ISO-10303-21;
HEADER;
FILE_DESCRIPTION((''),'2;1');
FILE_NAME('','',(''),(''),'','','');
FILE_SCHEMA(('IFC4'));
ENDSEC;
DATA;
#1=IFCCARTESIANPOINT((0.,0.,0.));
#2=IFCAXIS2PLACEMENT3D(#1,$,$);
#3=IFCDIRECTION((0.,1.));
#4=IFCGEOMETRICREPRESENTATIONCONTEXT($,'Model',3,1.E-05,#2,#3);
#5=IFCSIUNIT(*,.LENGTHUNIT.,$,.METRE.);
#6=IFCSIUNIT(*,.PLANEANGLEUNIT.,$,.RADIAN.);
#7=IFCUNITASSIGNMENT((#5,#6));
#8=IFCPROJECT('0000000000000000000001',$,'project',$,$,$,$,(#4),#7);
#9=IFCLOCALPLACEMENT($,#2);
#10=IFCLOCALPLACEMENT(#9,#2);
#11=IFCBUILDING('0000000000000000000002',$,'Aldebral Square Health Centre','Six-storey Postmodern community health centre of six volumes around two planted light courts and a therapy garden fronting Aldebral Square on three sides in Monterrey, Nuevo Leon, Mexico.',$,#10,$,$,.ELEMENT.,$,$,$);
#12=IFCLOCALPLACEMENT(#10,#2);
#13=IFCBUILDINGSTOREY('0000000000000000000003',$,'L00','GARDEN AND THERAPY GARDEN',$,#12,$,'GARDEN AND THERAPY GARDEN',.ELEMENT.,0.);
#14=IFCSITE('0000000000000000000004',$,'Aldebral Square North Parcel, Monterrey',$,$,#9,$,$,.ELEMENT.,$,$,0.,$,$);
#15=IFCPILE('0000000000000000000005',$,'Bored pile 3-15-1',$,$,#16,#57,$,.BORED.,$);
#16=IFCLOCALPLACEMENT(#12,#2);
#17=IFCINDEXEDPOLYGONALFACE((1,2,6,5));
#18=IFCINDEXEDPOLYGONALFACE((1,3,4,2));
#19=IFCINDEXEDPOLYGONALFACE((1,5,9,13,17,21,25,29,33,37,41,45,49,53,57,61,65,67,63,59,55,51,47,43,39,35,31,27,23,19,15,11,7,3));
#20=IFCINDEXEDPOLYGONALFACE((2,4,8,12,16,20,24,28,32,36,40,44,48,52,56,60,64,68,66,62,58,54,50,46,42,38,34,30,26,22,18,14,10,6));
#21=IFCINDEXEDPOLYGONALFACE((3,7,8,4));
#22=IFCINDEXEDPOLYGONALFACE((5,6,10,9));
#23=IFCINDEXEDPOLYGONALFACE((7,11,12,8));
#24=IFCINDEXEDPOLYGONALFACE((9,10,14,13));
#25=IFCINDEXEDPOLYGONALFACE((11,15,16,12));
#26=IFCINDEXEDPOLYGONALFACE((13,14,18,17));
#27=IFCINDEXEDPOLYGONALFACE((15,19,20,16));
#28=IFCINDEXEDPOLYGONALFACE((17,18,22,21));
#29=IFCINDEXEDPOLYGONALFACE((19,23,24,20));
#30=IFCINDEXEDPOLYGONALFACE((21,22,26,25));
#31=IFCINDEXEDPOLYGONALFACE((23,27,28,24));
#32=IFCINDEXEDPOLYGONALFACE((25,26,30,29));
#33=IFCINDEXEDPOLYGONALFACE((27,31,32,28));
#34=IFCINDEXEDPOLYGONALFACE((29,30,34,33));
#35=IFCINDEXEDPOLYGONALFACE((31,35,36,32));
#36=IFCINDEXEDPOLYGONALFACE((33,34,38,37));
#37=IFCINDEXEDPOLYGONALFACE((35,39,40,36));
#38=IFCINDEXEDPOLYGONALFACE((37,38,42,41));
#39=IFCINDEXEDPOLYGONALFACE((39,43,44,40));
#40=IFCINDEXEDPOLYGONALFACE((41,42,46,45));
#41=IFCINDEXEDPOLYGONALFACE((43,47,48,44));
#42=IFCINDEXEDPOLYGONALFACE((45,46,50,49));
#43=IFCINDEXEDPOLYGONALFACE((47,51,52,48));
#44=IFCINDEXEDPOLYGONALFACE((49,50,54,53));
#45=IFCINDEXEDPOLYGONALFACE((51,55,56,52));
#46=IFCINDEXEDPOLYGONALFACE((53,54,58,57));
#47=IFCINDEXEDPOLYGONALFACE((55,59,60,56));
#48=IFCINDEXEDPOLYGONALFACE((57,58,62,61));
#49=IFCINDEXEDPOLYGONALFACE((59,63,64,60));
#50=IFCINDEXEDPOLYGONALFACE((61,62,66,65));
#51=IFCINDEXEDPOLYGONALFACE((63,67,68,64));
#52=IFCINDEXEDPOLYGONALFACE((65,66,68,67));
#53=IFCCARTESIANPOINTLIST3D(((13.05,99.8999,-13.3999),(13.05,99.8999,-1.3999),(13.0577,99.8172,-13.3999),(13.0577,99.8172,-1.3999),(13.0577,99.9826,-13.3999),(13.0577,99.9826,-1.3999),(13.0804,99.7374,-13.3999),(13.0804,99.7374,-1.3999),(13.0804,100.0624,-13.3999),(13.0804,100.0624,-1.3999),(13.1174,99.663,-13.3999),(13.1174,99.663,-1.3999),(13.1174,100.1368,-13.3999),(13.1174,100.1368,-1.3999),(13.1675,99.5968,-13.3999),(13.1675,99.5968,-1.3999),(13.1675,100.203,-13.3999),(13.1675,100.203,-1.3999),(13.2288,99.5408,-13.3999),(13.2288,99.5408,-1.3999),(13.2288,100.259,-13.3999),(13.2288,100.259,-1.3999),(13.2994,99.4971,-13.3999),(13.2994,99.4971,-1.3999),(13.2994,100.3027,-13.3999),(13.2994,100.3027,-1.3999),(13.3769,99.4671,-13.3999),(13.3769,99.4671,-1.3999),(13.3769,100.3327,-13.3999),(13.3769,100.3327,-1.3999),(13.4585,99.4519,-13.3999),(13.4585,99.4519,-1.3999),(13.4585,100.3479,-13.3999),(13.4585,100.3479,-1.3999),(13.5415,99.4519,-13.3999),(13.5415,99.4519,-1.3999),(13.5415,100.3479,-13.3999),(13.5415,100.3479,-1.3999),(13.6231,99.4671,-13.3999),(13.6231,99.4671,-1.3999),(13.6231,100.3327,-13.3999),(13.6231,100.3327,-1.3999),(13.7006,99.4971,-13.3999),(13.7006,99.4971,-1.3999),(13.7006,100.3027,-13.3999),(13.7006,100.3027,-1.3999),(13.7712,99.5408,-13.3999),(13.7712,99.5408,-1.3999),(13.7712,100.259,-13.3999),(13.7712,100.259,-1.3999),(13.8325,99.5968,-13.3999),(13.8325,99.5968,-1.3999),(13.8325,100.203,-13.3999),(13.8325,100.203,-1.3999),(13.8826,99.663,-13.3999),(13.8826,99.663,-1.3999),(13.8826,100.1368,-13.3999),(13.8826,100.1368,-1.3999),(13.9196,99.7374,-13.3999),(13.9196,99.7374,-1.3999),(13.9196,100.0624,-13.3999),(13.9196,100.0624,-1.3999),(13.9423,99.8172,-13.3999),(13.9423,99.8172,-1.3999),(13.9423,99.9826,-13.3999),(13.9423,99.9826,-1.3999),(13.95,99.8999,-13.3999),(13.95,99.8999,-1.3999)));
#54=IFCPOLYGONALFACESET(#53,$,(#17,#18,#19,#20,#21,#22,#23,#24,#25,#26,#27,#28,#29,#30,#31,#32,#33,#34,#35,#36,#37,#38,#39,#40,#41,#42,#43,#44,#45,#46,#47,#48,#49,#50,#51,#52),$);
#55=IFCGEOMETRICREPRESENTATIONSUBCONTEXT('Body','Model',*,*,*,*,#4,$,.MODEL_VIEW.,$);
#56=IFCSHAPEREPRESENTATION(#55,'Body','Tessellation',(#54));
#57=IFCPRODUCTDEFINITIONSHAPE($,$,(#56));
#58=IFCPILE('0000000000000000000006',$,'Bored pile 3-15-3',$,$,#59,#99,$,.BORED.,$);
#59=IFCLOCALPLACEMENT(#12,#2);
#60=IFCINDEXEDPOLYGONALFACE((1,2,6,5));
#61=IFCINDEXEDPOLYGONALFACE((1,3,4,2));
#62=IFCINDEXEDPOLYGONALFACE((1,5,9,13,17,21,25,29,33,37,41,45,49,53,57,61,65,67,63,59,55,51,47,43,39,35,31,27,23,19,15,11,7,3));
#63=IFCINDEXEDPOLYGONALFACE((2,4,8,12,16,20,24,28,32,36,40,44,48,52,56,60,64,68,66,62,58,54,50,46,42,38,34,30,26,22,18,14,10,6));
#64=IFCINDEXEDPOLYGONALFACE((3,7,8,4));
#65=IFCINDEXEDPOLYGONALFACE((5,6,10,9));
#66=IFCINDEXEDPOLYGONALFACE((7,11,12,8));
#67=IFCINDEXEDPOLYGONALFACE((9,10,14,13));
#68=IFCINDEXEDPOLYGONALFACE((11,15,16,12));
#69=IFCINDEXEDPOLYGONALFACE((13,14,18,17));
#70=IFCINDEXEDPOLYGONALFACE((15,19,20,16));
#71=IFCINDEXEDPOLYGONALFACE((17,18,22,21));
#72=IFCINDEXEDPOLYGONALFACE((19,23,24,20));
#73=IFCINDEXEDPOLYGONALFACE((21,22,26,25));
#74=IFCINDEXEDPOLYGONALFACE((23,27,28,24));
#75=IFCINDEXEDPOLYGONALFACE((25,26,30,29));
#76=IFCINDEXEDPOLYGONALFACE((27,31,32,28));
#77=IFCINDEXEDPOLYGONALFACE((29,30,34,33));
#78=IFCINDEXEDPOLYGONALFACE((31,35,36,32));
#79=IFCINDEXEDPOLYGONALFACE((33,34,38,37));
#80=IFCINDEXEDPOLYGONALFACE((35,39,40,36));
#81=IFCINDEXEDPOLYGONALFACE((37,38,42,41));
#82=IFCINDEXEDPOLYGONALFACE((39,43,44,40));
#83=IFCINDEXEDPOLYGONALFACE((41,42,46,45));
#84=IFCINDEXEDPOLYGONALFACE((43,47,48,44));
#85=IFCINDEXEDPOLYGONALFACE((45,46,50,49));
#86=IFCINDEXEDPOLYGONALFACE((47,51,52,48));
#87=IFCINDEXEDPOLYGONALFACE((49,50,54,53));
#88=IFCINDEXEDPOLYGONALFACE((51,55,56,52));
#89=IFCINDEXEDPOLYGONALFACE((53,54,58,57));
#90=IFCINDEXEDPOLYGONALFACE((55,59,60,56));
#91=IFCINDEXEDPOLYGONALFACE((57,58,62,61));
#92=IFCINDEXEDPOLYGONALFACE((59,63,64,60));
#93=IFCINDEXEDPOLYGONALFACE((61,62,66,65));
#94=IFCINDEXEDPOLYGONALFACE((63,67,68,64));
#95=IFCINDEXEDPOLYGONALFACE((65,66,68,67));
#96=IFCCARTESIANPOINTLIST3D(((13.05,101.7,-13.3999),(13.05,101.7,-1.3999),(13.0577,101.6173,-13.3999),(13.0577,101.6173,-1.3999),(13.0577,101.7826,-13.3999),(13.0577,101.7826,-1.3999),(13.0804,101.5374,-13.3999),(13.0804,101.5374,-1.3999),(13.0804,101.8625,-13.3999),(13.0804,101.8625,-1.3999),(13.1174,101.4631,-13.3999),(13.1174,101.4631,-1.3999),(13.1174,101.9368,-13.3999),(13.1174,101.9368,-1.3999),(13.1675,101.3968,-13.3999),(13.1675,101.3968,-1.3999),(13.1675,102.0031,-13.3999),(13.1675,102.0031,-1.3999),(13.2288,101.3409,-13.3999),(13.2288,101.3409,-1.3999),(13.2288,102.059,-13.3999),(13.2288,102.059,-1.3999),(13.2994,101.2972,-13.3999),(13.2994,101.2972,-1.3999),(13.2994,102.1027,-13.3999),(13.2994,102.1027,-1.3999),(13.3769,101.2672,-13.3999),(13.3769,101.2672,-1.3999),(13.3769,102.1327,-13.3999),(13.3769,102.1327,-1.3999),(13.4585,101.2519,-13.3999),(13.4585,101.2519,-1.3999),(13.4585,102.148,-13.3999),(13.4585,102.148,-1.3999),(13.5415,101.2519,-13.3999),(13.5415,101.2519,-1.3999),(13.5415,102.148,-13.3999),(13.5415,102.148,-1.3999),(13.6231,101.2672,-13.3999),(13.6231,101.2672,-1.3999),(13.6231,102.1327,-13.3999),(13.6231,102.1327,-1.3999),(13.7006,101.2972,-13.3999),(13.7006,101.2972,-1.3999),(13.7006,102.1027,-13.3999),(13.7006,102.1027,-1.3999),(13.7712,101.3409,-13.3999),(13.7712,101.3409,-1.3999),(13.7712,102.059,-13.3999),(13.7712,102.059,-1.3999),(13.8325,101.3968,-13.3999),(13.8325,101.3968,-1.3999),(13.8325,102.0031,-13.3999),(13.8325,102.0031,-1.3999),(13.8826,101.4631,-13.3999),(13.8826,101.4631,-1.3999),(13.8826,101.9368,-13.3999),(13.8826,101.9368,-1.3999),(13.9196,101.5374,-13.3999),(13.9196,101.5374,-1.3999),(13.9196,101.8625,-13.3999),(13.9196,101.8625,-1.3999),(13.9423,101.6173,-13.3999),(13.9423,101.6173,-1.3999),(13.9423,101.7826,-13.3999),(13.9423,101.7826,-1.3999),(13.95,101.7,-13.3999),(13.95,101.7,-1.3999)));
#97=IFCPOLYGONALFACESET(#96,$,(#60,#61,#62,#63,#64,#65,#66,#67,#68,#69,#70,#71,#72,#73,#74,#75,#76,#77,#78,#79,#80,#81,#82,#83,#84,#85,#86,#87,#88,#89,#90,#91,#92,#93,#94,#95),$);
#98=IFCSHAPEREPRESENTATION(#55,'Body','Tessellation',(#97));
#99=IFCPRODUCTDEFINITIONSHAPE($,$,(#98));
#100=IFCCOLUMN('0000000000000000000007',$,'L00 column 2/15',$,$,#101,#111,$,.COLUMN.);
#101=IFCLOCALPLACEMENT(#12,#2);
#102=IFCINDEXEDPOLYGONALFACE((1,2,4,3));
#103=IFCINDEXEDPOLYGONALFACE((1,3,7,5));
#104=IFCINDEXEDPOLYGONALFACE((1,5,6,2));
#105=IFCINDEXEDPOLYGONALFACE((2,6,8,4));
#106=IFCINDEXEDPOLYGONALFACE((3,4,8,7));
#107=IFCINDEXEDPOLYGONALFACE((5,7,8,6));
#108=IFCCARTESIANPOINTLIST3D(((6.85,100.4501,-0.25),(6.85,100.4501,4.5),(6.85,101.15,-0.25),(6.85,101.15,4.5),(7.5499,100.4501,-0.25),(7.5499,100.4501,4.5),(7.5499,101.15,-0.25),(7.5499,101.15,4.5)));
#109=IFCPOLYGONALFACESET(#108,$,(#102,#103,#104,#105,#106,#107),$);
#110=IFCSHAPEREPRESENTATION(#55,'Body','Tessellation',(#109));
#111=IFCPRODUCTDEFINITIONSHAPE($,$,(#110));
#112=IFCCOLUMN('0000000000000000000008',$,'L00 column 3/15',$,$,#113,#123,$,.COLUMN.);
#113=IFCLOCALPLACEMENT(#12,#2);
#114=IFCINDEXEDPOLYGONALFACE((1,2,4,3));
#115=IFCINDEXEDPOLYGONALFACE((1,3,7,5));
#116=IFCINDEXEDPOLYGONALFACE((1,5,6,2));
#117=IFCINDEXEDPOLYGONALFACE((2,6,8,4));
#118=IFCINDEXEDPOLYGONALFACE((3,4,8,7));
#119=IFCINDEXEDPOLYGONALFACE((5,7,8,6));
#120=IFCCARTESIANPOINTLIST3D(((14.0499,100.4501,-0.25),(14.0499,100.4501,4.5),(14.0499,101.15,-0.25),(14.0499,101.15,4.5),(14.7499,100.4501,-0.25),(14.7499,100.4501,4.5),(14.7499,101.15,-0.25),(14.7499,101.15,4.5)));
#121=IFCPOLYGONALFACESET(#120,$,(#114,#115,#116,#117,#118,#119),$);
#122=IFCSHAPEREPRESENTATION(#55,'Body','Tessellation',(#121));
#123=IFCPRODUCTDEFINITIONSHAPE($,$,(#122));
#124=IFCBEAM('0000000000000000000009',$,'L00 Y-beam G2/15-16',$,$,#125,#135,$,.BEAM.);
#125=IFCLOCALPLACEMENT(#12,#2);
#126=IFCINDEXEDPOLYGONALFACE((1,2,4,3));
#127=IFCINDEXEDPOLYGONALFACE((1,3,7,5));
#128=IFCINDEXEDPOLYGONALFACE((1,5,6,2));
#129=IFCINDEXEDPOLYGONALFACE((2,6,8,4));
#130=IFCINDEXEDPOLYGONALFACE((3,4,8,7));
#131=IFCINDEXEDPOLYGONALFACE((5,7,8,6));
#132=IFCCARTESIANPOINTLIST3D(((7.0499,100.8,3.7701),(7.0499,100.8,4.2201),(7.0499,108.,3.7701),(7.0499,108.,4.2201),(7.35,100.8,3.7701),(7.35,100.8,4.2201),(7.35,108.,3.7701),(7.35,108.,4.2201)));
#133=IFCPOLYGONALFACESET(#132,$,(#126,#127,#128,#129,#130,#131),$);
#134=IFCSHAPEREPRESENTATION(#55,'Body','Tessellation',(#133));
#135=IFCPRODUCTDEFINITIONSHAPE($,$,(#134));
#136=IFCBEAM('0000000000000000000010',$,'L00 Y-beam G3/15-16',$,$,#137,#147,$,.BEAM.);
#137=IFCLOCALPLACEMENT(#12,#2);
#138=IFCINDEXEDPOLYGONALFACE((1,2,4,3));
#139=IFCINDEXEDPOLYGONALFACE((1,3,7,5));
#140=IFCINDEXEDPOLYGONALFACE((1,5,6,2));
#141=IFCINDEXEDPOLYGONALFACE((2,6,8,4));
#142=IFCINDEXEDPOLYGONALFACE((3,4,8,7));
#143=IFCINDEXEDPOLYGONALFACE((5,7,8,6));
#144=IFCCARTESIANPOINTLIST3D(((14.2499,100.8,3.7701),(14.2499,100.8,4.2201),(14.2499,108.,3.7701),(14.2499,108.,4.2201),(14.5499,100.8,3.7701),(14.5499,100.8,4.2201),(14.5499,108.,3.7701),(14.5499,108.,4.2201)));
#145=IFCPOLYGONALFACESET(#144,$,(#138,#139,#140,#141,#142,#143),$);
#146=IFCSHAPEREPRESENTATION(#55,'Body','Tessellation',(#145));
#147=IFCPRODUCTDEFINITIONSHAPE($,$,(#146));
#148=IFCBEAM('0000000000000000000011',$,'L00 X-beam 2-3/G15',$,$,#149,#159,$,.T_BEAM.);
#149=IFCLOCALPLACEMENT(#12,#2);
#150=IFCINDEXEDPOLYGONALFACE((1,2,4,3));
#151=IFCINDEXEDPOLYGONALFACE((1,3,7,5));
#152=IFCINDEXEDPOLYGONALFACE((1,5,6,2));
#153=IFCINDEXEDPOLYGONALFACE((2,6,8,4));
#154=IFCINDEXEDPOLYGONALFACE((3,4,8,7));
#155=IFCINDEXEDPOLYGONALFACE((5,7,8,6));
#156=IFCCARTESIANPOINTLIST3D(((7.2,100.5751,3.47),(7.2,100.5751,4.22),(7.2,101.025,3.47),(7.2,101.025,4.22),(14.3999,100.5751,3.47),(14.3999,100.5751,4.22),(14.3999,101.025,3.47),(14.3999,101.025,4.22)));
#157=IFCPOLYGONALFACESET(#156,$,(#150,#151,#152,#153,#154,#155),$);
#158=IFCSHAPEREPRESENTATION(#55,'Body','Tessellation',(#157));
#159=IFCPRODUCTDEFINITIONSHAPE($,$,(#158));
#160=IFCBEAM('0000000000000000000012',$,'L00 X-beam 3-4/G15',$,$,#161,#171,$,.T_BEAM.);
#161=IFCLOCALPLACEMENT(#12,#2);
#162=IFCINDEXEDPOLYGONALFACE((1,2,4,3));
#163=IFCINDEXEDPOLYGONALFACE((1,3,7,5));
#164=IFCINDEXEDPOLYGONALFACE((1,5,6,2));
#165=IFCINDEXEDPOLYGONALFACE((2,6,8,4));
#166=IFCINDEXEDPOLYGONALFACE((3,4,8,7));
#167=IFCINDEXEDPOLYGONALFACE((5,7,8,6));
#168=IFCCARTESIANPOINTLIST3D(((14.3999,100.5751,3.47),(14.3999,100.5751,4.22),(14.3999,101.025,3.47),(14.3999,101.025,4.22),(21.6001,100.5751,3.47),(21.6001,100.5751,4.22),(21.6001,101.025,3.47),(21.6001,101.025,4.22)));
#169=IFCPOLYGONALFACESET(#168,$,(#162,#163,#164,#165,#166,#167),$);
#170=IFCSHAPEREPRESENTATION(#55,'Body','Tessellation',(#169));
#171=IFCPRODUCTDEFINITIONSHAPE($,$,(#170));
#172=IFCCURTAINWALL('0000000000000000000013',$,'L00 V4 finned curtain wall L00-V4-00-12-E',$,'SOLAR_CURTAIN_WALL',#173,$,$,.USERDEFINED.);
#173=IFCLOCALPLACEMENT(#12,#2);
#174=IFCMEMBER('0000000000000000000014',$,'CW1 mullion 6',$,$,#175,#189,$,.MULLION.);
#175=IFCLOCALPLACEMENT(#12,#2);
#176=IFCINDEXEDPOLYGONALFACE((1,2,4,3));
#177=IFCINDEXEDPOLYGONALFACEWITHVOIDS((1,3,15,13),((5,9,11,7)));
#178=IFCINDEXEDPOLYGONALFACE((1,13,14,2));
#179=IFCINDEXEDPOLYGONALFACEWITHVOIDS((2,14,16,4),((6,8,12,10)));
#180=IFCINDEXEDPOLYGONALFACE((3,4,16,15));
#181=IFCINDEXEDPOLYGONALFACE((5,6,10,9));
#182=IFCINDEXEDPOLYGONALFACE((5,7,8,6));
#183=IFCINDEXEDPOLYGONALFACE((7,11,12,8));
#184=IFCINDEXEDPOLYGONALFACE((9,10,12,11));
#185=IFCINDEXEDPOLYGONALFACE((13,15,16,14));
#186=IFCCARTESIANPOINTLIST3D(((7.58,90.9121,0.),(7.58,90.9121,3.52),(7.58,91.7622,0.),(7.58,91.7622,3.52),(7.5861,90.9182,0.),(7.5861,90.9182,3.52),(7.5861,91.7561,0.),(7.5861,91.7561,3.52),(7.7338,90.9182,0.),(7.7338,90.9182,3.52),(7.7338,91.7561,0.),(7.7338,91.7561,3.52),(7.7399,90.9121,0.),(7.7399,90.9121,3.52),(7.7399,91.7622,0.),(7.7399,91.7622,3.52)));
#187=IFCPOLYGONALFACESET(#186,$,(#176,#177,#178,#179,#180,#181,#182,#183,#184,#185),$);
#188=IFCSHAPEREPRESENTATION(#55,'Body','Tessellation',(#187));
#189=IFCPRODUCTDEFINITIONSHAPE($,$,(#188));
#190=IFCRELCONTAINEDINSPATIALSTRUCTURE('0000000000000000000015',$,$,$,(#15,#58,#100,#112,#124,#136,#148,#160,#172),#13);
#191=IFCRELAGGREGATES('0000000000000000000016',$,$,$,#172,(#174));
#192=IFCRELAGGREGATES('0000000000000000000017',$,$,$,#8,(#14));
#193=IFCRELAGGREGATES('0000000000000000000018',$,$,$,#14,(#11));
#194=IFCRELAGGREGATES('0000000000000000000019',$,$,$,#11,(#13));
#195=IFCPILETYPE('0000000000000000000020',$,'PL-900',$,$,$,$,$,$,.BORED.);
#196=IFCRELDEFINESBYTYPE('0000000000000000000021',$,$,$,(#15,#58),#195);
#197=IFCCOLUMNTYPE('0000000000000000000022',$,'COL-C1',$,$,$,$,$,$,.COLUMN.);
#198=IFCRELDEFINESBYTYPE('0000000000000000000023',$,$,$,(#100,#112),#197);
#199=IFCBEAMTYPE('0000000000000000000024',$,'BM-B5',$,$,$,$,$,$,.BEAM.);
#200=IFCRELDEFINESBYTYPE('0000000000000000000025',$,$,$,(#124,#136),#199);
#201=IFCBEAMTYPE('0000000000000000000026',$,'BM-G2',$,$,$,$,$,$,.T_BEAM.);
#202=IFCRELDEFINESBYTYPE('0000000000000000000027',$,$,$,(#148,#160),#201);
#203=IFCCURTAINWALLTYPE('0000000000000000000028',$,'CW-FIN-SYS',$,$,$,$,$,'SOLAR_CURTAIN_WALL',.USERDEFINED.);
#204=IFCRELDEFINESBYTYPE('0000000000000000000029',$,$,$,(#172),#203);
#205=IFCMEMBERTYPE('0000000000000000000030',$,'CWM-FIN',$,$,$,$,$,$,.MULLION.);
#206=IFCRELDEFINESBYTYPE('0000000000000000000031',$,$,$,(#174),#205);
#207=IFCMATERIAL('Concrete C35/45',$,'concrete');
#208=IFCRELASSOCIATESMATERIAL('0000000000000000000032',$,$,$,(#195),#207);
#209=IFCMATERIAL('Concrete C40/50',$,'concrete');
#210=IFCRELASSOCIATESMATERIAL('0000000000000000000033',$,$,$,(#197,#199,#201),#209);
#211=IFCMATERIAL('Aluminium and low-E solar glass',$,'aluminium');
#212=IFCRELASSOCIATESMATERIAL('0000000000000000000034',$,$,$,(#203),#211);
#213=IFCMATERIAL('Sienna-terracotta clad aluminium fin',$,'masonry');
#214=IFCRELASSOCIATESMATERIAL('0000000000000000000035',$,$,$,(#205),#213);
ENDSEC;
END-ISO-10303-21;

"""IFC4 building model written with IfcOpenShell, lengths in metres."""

from ifc_helpers import new_model, si_unit, direction, frame, origin, origin_2d, place, context, subcontext, project, spatial, rectangle, hollow_rectangle, circle, extrude, material, material_profile, profile_set, type_object, element, aggregate, save


model = new_model("IFC4")

# Units and contexts
model_context = context("Model", 3, precision=1e-05, world=origin(), true_north=direction((0.0, 1.0)))
body_context = subcontext(model_context, "Body", "Model", "MODEL_VIEW")
ifc_project = project(units=[si_unit("LENGTHUNIT", "METRE"), si_unit("PLANEANGLEUNIT", "RADIAN")], contexts=[model_context])

# Site, building, storey
site_placement = place(None, origin())
site = spatial("IfcSite", under=ifc_project, at=site_placement, Name="Aldebral Square North Parcel, Monterrey", CompositionType="ELEMENT", RefElevation=0.0)
building_placement = place(site_placement, origin())
building = spatial("IfcBuilding", under=site, at=building_placement, Name="Aldebral Square Health Centre", Description="Six-storey Postmodern community health centre of six volumes around two planted light courts and a therapy garden fronting Aldebral Square on three sides in Monterrey, Nuevo Leon, Mexico.", CompositionType="ELEMENT")
storey_placement = place(building_placement, origin())
storey = spatial("IfcBuildingStorey", under=building, at=storey_placement, Name="L00", Description="GARDEN AND THERAPY GARDEN", LongName="GARDEN AND THERAPY GARDEN", CompositionType="ELEMENT", Elevation=0.0)

# Shared definitions
ifc_material_1 = material(Name="Concrete C35/45", Category="concrete")

# Piles
ifc_material_profile_1 = material_profile(ifc_material_1, circle(Radius=0.45, at=origin_2d()), Name="PILE D900")
ifc_profile_set_1 = profile_set([ifc_material_profile_1], Name="Concrete C35/45")
pile_type = type_object("IfcPileType", Name="PL-900", PredefinedType="BORED", material=ifc_profile_set_1)
for number, where, z_axis, x_axis, name in (
    (1, (13.5, 99.8999, -1.3999), (0.0, 0.0, -1.0), (1.0, 0.0, 0.0), "Bored pile 3-15-1"),
    (2, (13.5, 101.7, -1.3999), (0.0, 0.0, -1.0), (1.0, 0.0, 0.0), "Bored pile 3-15-3"),
):
    element("IfcPile", number, at=place(storey_placement, frame(where, z_axis=z_axis, x_axis=x_axis)), inside=storey, type_object=pile_type, Name=name, PredefinedType="BORED", context=body_context, shape_type="SweptSolid", body=[
        extrude(circle(Radius=0.45, at=origin_2d()), origin(), (0.0, 0.0, 1.0), 12.0),
    ])

# Columns
ifc_material_2 = material(Name="Concrete C40/50", Category="concrete")
ifc_material_profile_2 = material_profile(ifc_material_2, rectangle(XDim=0.7, YDim=0.7, at=origin_2d()), Name="RC 700x700")
ifc_profile_set_2 = profile_set([ifc_material_profile_2], Name="Concrete C40/50")
column_type = type_object("IfcColumnType", Name="COL-C1", PredefinedType="COLUMN", material=ifc_profile_set_2)
for number, where, z_axis, x_axis, name in (
    (3, (7.2, 100.8, -0.25), (0.0, 0.0, 1.0), (1.0, 0.0, 0.0), "L00 column 2/15"),
    (4, (14.3999, 100.8, -0.25), (0.0, 0.0, 1.0), (1.0, 0.0, 0.0), "L00 column 3/15"),
):
    element("IfcColumn", number, at=place(storey_placement, frame(where, z_axis=z_axis, x_axis=x_axis)), inside=storey, type_object=column_type, Name=name, PredefinedType="COLUMN", context=body_context, shape_type="SweptSolid", body=[
        extrude(rectangle(XDim=0.7, YDim=0.7, at=origin_2d()), origin(), (0.0, 0.0, 1.0), 4.75),
    ])

# Beams
ifc_material_profile_3 = material_profile(ifc_material_2, rectangle(XDim=0.3, YDim=0.45, at=origin_2d()), Name="RC 300x450")
ifc_profile_set_3 = profile_set([ifc_material_profile_3], Name="Concrete C40/50")
beam_type_1 = type_object("IfcBeamType", Name="BM-B5", PredefinedType="BEAM", material=ifc_profile_set_3)
for number, where, z_axis, x_axis, name in (
    (5, (7.2, 100.8, 3.9951), (0.0, 1.0, 0.0), (-1.0, 0.0, 0.0), "L00 Y-beam G2/15-16"),
    (6, (14.3999, 100.8, 3.9951), (0.0, 1.0, 0.0), (-1.0, 0.0, 0.0), "L00 Y-beam G3/15-16"),
):
    element("IfcBeam", number, at=place(storey_placement, frame(where, z_axis=z_axis, x_axis=x_axis)), inside=storey, type_object=beam_type_1, Name=name, PredefinedType="BEAM", context=body_context, shape_type="SweptSolid", body=[
        extrude(rectangle(XDim=0.3, YDim=0.45, at=origin_2d()), origin(), (0.0, 0.0, 1.0), 7.2),
    ])
ifc_material_profile_4 = material_profile(ifc_material_2, rectangle(XDim=0.45, YDim=0.75, at=origin_2d()), Name="RC 450x750")
ifc_profile_set_4 = profile_set([ifc_material_profile_4], Name="Concrete C40/50")
beam_type_2 = type_object("IfcBeamType", Name="BM-G2", PredefinedType="T_BEAM", material=ifc_profile_set_4)
beam_1_placement = place(storey_placement, frame((7.2, 100.8, 3.845), z_axis=(1.0, 0.0, 0.0), x_axis=(0.0, 1.0, 0.0)))
element("IfcBeam", 7, at=beam_1_placement, inside=storey, type_object=beam_type_2, Name="L00 X-beam 2-3/G15", PredefinedType="T_BEAM", context=body_context, shape_type="SweptSolid", body=[
    extrude(rectangle(XDim=0.45, YDim=0.75, at=origin_2d()), origin(), (0.0, 0.0, 1.0), 7.2),
])
beam_2_placement = place(storey_placement, frame((14.3999, 100.8, 3.845), z_axis=(1.0, 0.0, 0.0), x_axis=(0.0, 1.0, 0.0)))
element("IfcBeam", 8, at=beam_2_placement, inside=storey, type_object=beam_type_2, Name="L00 X-beam 3-4/G15", PredefinedType="T_BEAM", context=body_context, shape_type="SweptSolid", body=[
    extrude(rectangle(XDim=0.45, YDim=0.75, at=origin_2d()), origin(), (0.0, 0.0, 1.0), 7.2002),
])

# Curtain wall, member
ifc_material_3 = material(Name="Aluminium and low-E solar glass", Category="aluminium")
curtain_wall_type = type_object("IfcCurtainWallType", Name="CW-FIN-SYS", ElementType="SOLAR_CURTAIN_WALL", PredefinedType="USERDEFINED", material=ifc_material_3)
curtain_wall_placement = place(storey_placement, origin())
curtain_wall = element("IfcCurtainWall", 9, at=curtain_wall_placement, inside=storey, type_object=curtain_wall_type, Name="L00 V4 finned curtain wall L00-V4-00-12-E", ObjectType="SOLAR_CURTAIN_WALL", PredefinedType="USERDEFINED")
ifc_material_4 = material(Name="Sienna-terracotta clad aluminium fin", Category="masonry")
ifc_material_profile_5 = material_profile(ifc_material_4, hollow_rectangle(XDim=0.1599, YDim=0.8501, WallThickness=0.0061, at=origin_2d()), Name="FIN 160x850x6")
ifc_profile_set_5 = profile_set([ifc_material_profile_5], Name="Sienna-terracotta clad aluminium fin")
member_type_1 = type_object("IfcMemberType", Name="CWM-FIN", PredefinedType="MULLION", material=ifc_profile_set_5)
member_1_placement = place(storey_placement, frame((7.6599, 91.3372, 0.0), z_axis=(0.0, 0.0, 1.0), x_axis=(-1.0, 0.0, 0.0)))
member_1 = element("IfcMember", 10, at=member_1_placement, type_object=member_type_1, Name="CW1 mullion 6", PredefinedType="MULLION", context=body_context, shape_type="SweptSolid", body=[
    extrude(hollow_rectangle(XDim=0.1599, YDim=0.8501, WallThickness=0.0061, at=origin_2d()), origin(), (0.0, 0.0, 1.0), 3.52),
])
aggregate(curtain_wall, [member_1])

save(model, "model.ifc")
